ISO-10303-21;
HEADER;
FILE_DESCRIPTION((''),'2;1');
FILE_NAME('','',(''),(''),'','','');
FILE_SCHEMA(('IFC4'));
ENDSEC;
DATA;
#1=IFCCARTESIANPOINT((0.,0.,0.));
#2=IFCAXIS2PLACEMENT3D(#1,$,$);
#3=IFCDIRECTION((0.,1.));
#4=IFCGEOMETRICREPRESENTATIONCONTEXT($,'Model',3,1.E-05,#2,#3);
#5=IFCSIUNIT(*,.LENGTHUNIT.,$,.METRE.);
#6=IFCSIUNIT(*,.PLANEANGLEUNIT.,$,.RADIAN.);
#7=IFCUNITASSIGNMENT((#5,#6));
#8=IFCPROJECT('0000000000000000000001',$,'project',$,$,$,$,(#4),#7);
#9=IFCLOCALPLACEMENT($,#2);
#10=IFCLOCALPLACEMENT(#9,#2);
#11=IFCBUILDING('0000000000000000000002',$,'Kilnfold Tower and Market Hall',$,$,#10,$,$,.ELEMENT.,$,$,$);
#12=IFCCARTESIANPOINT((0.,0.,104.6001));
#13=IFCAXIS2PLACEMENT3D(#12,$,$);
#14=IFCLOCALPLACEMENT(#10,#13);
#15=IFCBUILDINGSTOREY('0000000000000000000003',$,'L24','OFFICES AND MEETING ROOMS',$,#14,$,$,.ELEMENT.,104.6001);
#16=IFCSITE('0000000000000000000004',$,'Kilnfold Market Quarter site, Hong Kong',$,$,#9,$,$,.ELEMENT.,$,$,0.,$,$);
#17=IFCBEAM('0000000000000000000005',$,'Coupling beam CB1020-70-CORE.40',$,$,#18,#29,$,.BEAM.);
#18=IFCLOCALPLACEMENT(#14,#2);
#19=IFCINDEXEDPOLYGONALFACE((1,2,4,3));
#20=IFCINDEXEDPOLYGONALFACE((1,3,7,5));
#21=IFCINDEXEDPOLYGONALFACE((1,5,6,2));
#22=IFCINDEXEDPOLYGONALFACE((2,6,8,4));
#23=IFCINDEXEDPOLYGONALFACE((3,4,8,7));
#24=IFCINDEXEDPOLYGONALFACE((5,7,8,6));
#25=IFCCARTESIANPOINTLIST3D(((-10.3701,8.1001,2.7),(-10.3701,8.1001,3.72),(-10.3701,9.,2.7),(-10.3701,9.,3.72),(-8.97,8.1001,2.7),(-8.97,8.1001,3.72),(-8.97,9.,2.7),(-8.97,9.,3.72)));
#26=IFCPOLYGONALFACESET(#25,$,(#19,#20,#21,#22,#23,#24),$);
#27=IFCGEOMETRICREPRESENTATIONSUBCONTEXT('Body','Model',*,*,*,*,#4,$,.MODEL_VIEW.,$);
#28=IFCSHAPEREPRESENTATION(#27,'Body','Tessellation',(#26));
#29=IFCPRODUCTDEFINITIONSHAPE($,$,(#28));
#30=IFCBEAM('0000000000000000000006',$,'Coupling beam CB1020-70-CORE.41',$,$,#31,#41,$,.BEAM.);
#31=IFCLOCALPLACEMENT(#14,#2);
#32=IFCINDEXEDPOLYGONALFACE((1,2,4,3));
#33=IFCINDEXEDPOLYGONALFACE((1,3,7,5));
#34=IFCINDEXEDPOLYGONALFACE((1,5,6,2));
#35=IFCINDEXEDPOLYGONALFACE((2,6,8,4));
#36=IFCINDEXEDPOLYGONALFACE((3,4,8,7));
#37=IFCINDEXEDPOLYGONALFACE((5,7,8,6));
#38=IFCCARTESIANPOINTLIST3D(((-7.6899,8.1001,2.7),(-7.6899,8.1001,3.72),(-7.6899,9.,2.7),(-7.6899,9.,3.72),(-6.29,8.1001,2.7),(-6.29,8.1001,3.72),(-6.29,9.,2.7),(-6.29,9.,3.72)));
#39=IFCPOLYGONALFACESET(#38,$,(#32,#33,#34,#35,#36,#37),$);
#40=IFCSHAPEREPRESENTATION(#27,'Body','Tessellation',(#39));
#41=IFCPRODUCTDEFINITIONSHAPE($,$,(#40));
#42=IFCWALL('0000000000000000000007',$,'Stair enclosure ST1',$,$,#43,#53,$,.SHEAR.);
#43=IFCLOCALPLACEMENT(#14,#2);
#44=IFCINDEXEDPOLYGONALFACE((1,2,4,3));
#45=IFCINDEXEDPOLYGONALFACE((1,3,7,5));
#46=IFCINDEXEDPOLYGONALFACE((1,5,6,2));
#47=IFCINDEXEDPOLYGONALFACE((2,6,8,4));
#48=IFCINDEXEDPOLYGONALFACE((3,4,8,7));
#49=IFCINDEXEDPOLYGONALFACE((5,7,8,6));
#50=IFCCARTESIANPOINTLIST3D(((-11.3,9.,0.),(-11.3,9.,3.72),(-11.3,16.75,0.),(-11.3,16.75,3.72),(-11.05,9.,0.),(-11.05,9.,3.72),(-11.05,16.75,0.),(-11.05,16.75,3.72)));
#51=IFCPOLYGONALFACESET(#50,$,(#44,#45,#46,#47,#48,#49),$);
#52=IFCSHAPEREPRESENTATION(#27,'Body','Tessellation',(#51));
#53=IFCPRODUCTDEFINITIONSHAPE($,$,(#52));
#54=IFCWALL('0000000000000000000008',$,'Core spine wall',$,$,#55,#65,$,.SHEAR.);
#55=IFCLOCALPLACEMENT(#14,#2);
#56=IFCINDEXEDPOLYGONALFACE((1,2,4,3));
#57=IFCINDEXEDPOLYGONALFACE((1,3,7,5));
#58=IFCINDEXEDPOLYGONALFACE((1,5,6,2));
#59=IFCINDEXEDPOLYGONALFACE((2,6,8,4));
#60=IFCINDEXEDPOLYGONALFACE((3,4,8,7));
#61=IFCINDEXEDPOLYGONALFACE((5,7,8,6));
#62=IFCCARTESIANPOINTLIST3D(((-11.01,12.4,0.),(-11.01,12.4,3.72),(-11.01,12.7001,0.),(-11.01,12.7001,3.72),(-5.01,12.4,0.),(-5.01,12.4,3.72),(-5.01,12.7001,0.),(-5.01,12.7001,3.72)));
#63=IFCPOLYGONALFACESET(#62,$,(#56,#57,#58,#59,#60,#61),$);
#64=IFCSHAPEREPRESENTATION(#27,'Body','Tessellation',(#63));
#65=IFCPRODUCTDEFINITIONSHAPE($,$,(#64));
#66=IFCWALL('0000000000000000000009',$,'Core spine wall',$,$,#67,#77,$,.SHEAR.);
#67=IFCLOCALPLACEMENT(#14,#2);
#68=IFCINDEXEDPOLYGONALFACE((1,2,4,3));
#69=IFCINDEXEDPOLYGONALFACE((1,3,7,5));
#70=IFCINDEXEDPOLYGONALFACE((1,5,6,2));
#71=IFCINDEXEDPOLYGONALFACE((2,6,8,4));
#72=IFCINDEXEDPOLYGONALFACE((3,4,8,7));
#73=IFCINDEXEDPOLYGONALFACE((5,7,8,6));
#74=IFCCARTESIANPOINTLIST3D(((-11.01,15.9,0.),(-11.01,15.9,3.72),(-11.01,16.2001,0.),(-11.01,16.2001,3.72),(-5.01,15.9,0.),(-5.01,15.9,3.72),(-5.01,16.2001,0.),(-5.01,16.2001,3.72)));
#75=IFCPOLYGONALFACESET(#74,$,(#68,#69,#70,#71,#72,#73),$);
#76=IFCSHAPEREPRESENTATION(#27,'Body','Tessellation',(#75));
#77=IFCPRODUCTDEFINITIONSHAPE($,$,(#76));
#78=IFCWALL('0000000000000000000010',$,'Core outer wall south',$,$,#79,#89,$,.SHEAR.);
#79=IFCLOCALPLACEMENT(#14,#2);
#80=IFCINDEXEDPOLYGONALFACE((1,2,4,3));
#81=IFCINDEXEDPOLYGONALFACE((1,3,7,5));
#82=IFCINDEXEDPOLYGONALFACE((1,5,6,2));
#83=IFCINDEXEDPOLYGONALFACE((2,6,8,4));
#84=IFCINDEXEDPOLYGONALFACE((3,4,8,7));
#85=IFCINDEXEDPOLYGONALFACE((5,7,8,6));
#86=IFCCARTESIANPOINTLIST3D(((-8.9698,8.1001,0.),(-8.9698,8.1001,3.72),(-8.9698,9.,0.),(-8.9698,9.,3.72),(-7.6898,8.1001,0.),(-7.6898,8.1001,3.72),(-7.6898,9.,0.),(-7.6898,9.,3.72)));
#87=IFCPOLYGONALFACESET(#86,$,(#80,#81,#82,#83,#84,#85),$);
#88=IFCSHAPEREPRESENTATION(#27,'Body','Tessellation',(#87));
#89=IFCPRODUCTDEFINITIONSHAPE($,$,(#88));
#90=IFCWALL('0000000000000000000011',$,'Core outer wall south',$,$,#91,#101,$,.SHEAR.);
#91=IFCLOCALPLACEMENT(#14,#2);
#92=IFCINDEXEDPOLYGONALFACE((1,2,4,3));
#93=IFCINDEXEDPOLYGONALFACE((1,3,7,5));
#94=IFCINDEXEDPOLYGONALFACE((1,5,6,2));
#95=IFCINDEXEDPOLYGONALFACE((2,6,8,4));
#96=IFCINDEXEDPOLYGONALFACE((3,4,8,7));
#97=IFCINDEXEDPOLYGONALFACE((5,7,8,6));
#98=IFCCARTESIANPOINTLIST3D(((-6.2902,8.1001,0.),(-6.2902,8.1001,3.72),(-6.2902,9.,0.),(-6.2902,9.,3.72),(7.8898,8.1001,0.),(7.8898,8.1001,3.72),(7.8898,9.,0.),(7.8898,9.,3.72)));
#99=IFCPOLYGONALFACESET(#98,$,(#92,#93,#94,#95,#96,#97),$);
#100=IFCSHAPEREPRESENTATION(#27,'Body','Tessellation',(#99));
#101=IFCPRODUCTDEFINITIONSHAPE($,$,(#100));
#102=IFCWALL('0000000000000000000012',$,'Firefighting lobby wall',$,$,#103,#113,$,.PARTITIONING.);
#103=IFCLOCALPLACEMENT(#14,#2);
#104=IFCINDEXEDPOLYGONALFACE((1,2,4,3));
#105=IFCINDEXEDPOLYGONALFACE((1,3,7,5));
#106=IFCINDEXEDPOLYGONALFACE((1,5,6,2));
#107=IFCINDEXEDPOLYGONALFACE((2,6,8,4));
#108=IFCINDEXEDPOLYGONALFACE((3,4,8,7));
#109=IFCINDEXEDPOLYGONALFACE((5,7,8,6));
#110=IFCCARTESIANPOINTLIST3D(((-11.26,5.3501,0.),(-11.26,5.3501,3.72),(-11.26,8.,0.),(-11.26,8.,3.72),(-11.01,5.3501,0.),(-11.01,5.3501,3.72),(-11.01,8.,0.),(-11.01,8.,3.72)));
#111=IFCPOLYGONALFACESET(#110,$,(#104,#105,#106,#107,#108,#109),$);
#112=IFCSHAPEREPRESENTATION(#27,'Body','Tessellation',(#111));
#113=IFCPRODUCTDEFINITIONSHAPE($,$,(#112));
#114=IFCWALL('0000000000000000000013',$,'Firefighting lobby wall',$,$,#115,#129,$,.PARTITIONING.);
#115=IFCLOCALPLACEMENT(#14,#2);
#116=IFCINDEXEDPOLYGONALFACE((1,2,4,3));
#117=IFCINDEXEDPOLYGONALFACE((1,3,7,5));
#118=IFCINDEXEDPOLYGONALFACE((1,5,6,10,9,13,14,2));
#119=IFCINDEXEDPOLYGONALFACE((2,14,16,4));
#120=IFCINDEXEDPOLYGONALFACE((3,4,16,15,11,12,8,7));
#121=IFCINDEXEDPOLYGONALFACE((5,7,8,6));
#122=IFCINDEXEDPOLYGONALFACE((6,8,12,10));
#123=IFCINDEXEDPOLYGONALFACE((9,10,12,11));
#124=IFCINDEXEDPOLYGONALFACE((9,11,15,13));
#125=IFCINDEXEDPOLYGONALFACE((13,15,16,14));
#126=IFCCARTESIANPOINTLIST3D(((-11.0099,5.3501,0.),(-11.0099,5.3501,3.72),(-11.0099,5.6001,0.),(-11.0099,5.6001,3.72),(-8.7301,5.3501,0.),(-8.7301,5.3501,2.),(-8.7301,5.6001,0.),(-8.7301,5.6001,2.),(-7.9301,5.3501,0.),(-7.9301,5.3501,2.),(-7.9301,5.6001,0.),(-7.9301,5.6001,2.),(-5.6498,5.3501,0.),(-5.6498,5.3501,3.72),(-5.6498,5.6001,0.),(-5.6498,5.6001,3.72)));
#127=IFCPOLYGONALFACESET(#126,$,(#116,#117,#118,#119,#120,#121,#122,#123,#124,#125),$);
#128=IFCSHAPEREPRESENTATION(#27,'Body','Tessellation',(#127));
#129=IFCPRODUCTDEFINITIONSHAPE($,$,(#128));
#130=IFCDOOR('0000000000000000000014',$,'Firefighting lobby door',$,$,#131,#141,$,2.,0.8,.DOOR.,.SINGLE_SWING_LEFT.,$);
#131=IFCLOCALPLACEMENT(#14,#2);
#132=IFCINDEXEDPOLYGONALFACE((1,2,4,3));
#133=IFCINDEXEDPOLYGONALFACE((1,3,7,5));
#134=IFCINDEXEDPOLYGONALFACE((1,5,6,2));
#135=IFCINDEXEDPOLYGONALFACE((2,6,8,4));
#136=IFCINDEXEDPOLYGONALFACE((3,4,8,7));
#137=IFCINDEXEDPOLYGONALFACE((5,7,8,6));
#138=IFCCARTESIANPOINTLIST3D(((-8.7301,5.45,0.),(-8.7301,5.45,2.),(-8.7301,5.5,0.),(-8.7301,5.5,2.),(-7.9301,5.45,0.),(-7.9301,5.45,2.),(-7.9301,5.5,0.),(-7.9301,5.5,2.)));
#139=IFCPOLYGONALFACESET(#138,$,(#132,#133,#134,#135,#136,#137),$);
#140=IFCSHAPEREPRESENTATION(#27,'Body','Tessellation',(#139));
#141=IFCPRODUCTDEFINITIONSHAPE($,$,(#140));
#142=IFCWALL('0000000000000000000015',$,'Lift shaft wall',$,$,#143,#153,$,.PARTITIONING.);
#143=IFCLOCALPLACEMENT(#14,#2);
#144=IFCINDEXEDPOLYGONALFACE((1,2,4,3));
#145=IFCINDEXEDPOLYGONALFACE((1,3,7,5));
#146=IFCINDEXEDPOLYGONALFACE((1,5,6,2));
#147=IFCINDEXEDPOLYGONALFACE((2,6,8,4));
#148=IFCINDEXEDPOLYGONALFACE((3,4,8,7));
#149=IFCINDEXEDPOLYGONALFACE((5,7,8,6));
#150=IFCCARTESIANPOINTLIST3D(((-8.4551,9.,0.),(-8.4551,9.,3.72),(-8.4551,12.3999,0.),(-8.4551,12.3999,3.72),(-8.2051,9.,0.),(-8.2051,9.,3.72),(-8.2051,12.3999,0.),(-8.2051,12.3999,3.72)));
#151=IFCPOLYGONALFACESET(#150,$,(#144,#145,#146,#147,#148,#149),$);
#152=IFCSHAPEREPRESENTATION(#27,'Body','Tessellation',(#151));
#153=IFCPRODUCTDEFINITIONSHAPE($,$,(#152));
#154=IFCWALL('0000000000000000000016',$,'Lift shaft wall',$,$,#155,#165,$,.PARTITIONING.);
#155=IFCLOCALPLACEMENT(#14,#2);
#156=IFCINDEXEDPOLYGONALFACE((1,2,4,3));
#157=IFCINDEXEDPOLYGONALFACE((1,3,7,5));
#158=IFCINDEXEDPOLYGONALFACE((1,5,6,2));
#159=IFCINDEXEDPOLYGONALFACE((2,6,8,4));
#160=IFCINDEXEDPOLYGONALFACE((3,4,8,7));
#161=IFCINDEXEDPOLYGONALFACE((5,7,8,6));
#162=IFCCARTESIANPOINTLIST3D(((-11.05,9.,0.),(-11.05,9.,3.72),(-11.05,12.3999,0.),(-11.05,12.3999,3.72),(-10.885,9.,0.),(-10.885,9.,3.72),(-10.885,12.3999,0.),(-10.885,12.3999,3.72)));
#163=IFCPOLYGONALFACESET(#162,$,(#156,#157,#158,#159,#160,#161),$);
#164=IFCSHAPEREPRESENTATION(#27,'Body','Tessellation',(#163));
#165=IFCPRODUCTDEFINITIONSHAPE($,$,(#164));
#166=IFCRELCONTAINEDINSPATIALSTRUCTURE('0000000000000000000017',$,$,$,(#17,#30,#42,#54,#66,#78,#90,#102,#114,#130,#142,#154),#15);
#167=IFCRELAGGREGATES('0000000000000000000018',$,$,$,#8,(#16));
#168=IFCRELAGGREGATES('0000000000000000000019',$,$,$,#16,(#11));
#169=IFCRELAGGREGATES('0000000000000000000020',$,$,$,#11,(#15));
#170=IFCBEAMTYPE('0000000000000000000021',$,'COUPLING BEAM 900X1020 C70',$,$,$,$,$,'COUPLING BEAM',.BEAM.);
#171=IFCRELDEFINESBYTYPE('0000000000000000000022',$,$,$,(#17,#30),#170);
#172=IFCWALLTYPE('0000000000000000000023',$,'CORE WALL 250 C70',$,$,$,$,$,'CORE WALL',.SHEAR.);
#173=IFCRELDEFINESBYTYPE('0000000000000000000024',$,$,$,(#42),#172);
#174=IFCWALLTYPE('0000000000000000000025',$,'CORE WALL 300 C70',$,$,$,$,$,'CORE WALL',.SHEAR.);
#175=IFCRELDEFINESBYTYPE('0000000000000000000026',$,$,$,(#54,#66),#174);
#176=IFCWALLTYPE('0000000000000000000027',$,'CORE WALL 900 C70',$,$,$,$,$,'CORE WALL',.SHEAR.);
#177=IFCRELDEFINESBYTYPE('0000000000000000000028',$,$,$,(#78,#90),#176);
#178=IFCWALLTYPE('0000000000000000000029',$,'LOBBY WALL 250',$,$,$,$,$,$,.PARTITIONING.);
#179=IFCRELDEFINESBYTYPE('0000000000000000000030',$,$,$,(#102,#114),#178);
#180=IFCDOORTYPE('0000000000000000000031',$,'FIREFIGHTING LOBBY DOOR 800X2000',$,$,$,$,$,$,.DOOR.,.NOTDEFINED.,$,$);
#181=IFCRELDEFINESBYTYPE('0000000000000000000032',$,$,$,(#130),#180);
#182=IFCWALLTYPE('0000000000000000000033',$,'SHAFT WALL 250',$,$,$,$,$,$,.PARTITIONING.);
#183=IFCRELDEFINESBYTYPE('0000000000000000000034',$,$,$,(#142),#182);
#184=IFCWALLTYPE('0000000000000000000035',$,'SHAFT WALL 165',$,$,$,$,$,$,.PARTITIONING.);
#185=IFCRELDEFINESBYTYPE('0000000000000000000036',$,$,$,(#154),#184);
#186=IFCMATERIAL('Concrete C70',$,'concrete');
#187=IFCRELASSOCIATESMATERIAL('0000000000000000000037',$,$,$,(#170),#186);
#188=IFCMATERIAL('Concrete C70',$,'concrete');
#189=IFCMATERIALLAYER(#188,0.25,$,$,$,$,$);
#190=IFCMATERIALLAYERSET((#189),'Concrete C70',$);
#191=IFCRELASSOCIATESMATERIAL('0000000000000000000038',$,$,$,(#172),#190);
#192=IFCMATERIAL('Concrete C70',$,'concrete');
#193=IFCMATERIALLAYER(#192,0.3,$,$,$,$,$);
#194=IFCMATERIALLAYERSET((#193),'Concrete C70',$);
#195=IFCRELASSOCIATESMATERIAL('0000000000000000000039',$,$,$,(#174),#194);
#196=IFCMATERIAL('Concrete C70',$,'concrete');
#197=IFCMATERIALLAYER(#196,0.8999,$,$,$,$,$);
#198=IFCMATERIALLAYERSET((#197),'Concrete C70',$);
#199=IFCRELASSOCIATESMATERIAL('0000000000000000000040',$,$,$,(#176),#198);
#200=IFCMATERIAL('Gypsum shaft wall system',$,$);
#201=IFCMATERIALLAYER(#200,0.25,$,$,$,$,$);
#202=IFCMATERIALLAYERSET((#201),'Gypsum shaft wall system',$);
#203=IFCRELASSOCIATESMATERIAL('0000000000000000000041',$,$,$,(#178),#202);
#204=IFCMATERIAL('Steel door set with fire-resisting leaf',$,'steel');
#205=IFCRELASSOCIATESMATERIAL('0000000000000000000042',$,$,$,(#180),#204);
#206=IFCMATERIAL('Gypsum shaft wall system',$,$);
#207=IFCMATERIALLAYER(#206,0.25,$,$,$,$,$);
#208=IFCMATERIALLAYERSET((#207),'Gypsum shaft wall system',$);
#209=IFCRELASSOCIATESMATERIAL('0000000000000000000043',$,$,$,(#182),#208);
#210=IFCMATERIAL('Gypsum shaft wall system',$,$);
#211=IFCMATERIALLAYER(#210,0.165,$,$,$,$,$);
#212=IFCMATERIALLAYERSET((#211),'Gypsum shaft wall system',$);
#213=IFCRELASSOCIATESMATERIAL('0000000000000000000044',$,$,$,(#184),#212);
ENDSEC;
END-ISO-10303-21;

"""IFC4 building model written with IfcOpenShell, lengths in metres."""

from ifc_helpers import new_model, si_unit, direction, frame, frame_2d, origin, origin_2d, place, context, subcontext, project, spatial, rectangle, extrude, source, transform, mapped, material, layer, layer_set, material_profile, profile_set, type_object, element, fill, save


model = new_model("IFC4")

# Units and contexts
model_context = context("Model", 3, precision=1e-05, world=origin(), true_north=direction((0.0, 1.0)))
body_context = subcontext(model_context, "Body", "Model", "MODEL_VIEW")
ifc_project = project(units=[si_unit("LENGTHUNIT", "METRE"), si_unit("PLANEANGLEUNIT", "RADIAN")], contexts=[model_context])

# Site, building, storey
site_placement = place(None, origin())
site = spatial("IfcSite", under=ifc_project, at=site_placement, Name="Kilnfold Market Quarter site, Hong Kong", CompositionType="ELEMENT", RefElevation=0.0)
building_placement = place(site_placement, origin())
building = spatial("IfcBuilding", under=site, at=building_placement, Name="Kilnfold Tower and Market Hall", CompositionType="ELEMENT")
storey_placement = place(building_placement, frame((0.0, 0.0, 104.6001)))
storey = spatial("IfcBuildingStorey", under=building, at=storey_placement, Name="L24", Description="OFFICES AND MEETING ROOMS", CompositionType="ELEMENT", Elevation=104.6001)

# Beams
ifc_material_1 = material(Name="Concrete C70", Category="concrete")
ifc_material_profile = material_profile(ifc_material_1, rectangle(XDim=0.8999, YDim=1.02, at=origin_2d()), Name="RC 900x1020")
ifc_profile_set = profile_set([ifc_material_profile], Name="Concrete C70")
beam_type = type_object("IfcBeamType", Name="COUPLING BEAM 900X1020 C70", ElementType="COUPLING BEAM", PredefinedType="BEAM", material=ifc_profile_set)
shared_shape_1 = source(origin(), body_context, "Body", "SweptSolid", [
    extrude(rectangle(XDim=0.8999, YDim=1.02, at=origin_2d()), origin(), (0.0, 0.0, 1.0), 1.4001),
])
beam_1_placement = place(storey_placement, frame((-10.3701, 8.55, 3.21), z_axis=(1.0, 0.0, 0.0), x_axis=(0.0, 1.0, 0.0)))
element("IfcBeam", 1, at=beam_1_placement, inside=storey, type_object=beam_type, Name="Coupling beam CB1020-70-CORE.40", PredefinedType="BEAM", context=body_context, shape_type="MappedRepresentation", body=[
    mapped(shared_shape_1, transform((0.0, 0.0, 0.0))),
])
shared_shape_2 = source(origin(), body_context, "Body", "SweptSolid", [
    extrude(rectangle(XDim=0.8999, YDim=1.02, at=origin_2d()), origin(), (0.0, 0.0, 1.0), 1.3999),
])
beam_2_placement = place(storey_placement, frame((-7.6899, 8.55, 3.21), z_axis=(1.0, 0.0, 0.0), x_axis=(0.0, 1.0, 0.0)))
element("IfcBeam", 2, at=beam_2_placement, inside=storey, type_object=beam_type, Name="Coupling beam CB1020-70-CORE.41", PredefinedType="BEAM", context=body_context, shape_type="MappedRepresentation", body=[
    mapped(shared_shape_2, transform((0.0, 0.0, 0.0))),
])

# Walls
ifc_material_2 = material(Name="Concrete C70", Category="concrete")
ifc_layer_1 = layer(ifc_material_2, 0.25)
ifc_layer_set_1 = layer_set([ifc_layer_1], Name="Concrete C70")
wall_type_1 = type_object("IfcWallType", Name="CORE WALL 250 C70", ElementType="CORE WALL", PredefinedType="SHEAR", material=ifc_layer_set_1)
shared_shape_3 = source(origin(), body_context, "Body", "SweptSolid", [
    extrude(rectangle(XDim=7.75, YDim=0.25, at=frame_2d((3.875, 0.0))), origin(), (0.0, 0.0, 1.0), 3.72),
])
wall_1_placement = place(storey_placement, frame((-11.175, 9.0, 0.0), z_axis=(0.0, 0.0, 1.0), x_axis=(0.0, 1.0, 0.0)))
element("IfcWall", 3, at=wall_1_placement, inside=storey, type_object=wall_type_1, Name="Stair enclosure ST1", PredefinedType="SHEAR", context=body_context, shape_type="MappedRepresentation", body=[
    mapped(shared_shape_3, transform((0.0, 0.0, 0.0))),
])
ifc_material_3 = material(Name="Concrete C70", Category="concrete")
ifc_layer_2 = layer(ifc_material_3, 0.3)
ifc_layer_set_2 = layer_set([ifc_layer_2], Name="Concrete C70")
wall_type_2 = type_object("IfcWallType", Name="CORE WALL 300 C70", ElementType="CORE WALL", PredefinedType="SHEAR", material=ifc_layer_set_2)
shared_shape_4 = source(origin(), body_context, "Body", "SweptSolid", [
    extrude(rectangle(XDim=6.0, YDim=0.3, at=frame_2d((3.0, 0.0))), origin(), (0.0, 0.0, 1.0), 3.72),
])
for number, where, z_axis, x_axis, name in (
    (4, (-11.01, 12.55, 0.0), (0.0, 0.0, 1.0), (1.0, 0.0, 0.0), "Core spine wall"),
    (5, (-11.01, 16.05, 0.0), (0.0, 0.0, 1.0), (1.0, 0.0, 0.0), "Core spine wall"),
):
    element("IfcWall", number, at=place(storey_placement, frame(where, z_axis=z_axis, x_axis=x_axis)), inside=storey, type_object=wall_type_2, Name=name, PredefinedType="SHEAR", context=body_context, shape_type="MappedRepresentation", body=[
        mapped(shared_shape_4, transform((0.0, 0.0, 0.0))),
    ])
ifc_material_4 = material(Name="Concrete C70", Category="concrete")
ifc_layer_3 = layer(ifc_material_4, 0.8999)
ifc_layer_set_3 = layer_set([ifc_layer_3], Name="Concrete C70")
wall_type_3 = type_object("IfcWallType", Name="CORE WALL 900 C70", ElementType="CORE WALL", PredefinedType="SHEAR", material=ifc_layer_set_3)
shared_shape_5 = source(origin(), body_context, "Body", "SweptSolid", [
    extrude(rectangle(XDim=1.28, YDim=0.8999, at=frame_2d((0.6401, 0.0))), origin(), (0.0, 0.0, 1.0), 3.72),
])
wall_2_placement = place(storey_placement, frame((-8.97, 8.55, 0.0), z_axis=(0.0, 0.0, 1.0), x_axis=(1.0, 0.0, 0.0)))
element("IfcWall", 6, at=wall_2_placement, inside=storey, type_object=wall_type_3, Name="Core outer wall south", PredefinedType="SHEAR", context=body_context, shape_type="MappedRepresentation", body=[
    mapped(shared_shape_5, transform((0.0, 0.0, 0.0))),
])
shared_shape_6 = source(origin(), body_context, "Body", "SweptSolid", [
    extrude(rectangle(XDim=14.1799, YDim=0.8999, at=frame_2d((7.0898, 0.0))), origin(), (0.0, 0.0, 1.0), 3.72),
])
wall_3_placement = place(storey_placement, frame((-6.29, 8.55, 0.0), z_axis=(0.0, 0.0, 1.0), x_axis=(1.0, 0.0, 0.0)))
element("IfcWall", 7, at=wall_3_placement, inside=storey, type_object=wall_type_3, Name="Core outer wall south", PredefinedType="SHEAR", context=body_context, shape_type="MappedRepresentation", body=[
    mapped(shared_shape_6, transform((0.0, 0.0, 0.0))),
])
ifc_material_5 = material(Name="Gypsum shaft wall system")
ifc_layer_4 = layer(ifc_material_5, 0.25)
ifc_layer_set_4 = layer_set([ifc_layer_4], Name="Gypsum shaft wall system")
wall_type_4 = type_object("IfcWallType", Name="LOBBY WALL 250", PredefinedType="PARTITIONING", material=ifc_layer_set_4)
shared_shape_7 = source(origin(), body_context, "Body", "SweptSolid", [
    extrude(rectangle(XDim=2.6499, YDim=0.25, at=frame_2d((1.325, 0.0))), origin(), (0.0, 0.0, 1.0), 3.72),
])
wall_4_placement = place(storey_placement, frame((-11.135, 5.3501, 0.0), z_axis=(0.0, 0.0, 1.0), x_axis=(0.0, 1.0, 0.0)))
element("IfcWall", 8, at=wall_4_placement, inside=storey, type_object=wall_type_4, Name="Firefighting lobby wall", PredefinedType="PARTITIONING", context=body_context, shape_type="MappedRepresentation", body=[
    mapped(shared_shape_7, transform((0.0, 0.0, 0.0))),
])

# Wall, opening, door
shared_shape_8 = source(origin(), body_context, "Body", "SweptSolid", [
    extrude(rectangle(XDim=5.3601, YDim=0.25, at=frame_2d((2.6802, 0.0))), origin(), (0.0, 0.0, 1.0), 3.72),
])
wall_5_placement = place(storey_placement, frame((-11.01, 5.4751, 0.0), z_axis=(0.0, 0.0, 1.0), x_axis=(1.0, 0.0, 0.0)))
wall_5 = element("IfcWall", 9, at=wall_5_placement, inside=storey, type_object=wall_type_4, Name="Firefighting lobby wall", PredefinedType="PARTITIONING", context=body_context, shape_type="MappedRepresentation", body=[
    mapped(shared_shape_8, transform((0.0, 0.0, 0.0))),
])
opening_1_placement = place(wall_5_placement, frame((2.28, 0.0, 0.0)))
opening_1 = element("IfcOpeningElement", 10, at=opening_1_placement, cuts=wall_5, PredefinedType="OPENING", context=body_context, shape_type="SweptSolid", body=[
    extrude(rectangle(XDim=0.8, YDim=2.0, at=frame_2d((0.3999, 1.0))), frame((0.0, 0.135, 0.0), z_axis=(0.0, -1.0, 0.0), x_axis=(1.0, 0.0, 0.0)), (0.0, 0.0, 1.0), 0.27),
])
ifc_material_6 = material(Name="Steel door set with fire-resisting leaf", Category="steel")
door_type_1 = type_object("IfcDoorType", Name="FIREFIGHTING LOBBY DOOR 800X2000", OperationType="NOTDEFINED", PredefinedType="DOOR", material=ifc_material_6)
door_1_placement = place(opening_1_placement, origin())
door_1 = element("IfcDoor", 11, at=door_1_placement, inside=storey, type_object=door_type_1, Name="Firefighting lobby door", OperationType="SINGLE_SWING_LEFT", OverallHeight=2.0, OverallWidth=0.8, PredefinedType="DOOR", context=body_context, shape_type="SweptSolid", body=[
    extrude(rectangle(XDim=0.8, YDim=2.0, at=frame_2d((0.3999, 1.0))), frame((0.0, 0.0249, 0.0), z_axis=(0.0, -1.0, 0.0), x_axis=(1.0, 0.0, 0.0)), (0.0, 0.0, 1.0), 0.05),
])
fill(opening_1, door_1)

# Walls
ifc_material_7 = material(Name="Gypsum shaft wall system")
ifc_layer_5 = layer(ifc_material_7, 0.25)
ifc_layer_set_5 = layer_set([ifc_layer_5], Name="Gypsum shaft wall system")
wall_type_5 = type_object("IfcWallType", Name="SHAFT WALL 250", PredefinedType="PARTITIONING", material=ifc_layer_set_5)
shared_shape_9 = source(origin(), body_context, "Body", "SweptSolid", [
    extrude(rectangle(XDim=3.3999, YDim=0.25, at=frame_2d((1.7, 0.0))), origin(), (0.0, 0.0, 1.0), 3.72),
])
wall_6_placement = place(storey_placement, frame((-8.3301, 9.0, 0.0), z_axis=(0.0, 0.0, 1.0), x_axis=(0.0, 1.0, 0.0)))
element("IfcWall", 12, at=wall_6_placement, inside=storey, type_object=wall_type_5, Name="Lift shaft wall", PredefinedType="PARTITIONING", context=body_context, shape_type="MappedRepresentation", body=[
    mapped(shared_shape_9, transform((0.0, 0.0, 0.0))),
])
ifc_material_8 = material(Name="Gypsum shaft wall system")
ifc_layer_6 = layer(ifc_material_8, 0.165)
ifc_layer_set_6 = layer_set([ifc_layer_6], Name="Gypsum shaft wall system")
wall_type_6 = type_object("IfcWallType", Name="SHAFT WALL 165", PredefinedType="PARTITIONING", material=ifc_layer_set_6)
shared_shape_10 = source(origin(), body_context, "Body", "SweptSolid", [
    extrude(rectangle(XDim=3.3999, YDim=0.165, at=frame_2d((1.7, 0.0))), origin(), (0.0, 0.0, 1.0), 3.72),
])
wall_7_placement = place(storey_placement, frame((-10.9675, 9.0, 0.0), z_axis=(0.0, 0.0, 1.0), x_axis=(0.0, 1.0, 0.0)))
element("IfcWall", 13, at=wall_7_placement, inside=storey, type_object=wall_type_6, Name="Lift shaft wall", PredefinedType="PARTITIONING", context=body_context, shape_type="MappedRepresentation", body=[
    mapped(shared_shape_10, transform((0.0, 0.0, 0.0))),
])

save(model, "model.ifc")
